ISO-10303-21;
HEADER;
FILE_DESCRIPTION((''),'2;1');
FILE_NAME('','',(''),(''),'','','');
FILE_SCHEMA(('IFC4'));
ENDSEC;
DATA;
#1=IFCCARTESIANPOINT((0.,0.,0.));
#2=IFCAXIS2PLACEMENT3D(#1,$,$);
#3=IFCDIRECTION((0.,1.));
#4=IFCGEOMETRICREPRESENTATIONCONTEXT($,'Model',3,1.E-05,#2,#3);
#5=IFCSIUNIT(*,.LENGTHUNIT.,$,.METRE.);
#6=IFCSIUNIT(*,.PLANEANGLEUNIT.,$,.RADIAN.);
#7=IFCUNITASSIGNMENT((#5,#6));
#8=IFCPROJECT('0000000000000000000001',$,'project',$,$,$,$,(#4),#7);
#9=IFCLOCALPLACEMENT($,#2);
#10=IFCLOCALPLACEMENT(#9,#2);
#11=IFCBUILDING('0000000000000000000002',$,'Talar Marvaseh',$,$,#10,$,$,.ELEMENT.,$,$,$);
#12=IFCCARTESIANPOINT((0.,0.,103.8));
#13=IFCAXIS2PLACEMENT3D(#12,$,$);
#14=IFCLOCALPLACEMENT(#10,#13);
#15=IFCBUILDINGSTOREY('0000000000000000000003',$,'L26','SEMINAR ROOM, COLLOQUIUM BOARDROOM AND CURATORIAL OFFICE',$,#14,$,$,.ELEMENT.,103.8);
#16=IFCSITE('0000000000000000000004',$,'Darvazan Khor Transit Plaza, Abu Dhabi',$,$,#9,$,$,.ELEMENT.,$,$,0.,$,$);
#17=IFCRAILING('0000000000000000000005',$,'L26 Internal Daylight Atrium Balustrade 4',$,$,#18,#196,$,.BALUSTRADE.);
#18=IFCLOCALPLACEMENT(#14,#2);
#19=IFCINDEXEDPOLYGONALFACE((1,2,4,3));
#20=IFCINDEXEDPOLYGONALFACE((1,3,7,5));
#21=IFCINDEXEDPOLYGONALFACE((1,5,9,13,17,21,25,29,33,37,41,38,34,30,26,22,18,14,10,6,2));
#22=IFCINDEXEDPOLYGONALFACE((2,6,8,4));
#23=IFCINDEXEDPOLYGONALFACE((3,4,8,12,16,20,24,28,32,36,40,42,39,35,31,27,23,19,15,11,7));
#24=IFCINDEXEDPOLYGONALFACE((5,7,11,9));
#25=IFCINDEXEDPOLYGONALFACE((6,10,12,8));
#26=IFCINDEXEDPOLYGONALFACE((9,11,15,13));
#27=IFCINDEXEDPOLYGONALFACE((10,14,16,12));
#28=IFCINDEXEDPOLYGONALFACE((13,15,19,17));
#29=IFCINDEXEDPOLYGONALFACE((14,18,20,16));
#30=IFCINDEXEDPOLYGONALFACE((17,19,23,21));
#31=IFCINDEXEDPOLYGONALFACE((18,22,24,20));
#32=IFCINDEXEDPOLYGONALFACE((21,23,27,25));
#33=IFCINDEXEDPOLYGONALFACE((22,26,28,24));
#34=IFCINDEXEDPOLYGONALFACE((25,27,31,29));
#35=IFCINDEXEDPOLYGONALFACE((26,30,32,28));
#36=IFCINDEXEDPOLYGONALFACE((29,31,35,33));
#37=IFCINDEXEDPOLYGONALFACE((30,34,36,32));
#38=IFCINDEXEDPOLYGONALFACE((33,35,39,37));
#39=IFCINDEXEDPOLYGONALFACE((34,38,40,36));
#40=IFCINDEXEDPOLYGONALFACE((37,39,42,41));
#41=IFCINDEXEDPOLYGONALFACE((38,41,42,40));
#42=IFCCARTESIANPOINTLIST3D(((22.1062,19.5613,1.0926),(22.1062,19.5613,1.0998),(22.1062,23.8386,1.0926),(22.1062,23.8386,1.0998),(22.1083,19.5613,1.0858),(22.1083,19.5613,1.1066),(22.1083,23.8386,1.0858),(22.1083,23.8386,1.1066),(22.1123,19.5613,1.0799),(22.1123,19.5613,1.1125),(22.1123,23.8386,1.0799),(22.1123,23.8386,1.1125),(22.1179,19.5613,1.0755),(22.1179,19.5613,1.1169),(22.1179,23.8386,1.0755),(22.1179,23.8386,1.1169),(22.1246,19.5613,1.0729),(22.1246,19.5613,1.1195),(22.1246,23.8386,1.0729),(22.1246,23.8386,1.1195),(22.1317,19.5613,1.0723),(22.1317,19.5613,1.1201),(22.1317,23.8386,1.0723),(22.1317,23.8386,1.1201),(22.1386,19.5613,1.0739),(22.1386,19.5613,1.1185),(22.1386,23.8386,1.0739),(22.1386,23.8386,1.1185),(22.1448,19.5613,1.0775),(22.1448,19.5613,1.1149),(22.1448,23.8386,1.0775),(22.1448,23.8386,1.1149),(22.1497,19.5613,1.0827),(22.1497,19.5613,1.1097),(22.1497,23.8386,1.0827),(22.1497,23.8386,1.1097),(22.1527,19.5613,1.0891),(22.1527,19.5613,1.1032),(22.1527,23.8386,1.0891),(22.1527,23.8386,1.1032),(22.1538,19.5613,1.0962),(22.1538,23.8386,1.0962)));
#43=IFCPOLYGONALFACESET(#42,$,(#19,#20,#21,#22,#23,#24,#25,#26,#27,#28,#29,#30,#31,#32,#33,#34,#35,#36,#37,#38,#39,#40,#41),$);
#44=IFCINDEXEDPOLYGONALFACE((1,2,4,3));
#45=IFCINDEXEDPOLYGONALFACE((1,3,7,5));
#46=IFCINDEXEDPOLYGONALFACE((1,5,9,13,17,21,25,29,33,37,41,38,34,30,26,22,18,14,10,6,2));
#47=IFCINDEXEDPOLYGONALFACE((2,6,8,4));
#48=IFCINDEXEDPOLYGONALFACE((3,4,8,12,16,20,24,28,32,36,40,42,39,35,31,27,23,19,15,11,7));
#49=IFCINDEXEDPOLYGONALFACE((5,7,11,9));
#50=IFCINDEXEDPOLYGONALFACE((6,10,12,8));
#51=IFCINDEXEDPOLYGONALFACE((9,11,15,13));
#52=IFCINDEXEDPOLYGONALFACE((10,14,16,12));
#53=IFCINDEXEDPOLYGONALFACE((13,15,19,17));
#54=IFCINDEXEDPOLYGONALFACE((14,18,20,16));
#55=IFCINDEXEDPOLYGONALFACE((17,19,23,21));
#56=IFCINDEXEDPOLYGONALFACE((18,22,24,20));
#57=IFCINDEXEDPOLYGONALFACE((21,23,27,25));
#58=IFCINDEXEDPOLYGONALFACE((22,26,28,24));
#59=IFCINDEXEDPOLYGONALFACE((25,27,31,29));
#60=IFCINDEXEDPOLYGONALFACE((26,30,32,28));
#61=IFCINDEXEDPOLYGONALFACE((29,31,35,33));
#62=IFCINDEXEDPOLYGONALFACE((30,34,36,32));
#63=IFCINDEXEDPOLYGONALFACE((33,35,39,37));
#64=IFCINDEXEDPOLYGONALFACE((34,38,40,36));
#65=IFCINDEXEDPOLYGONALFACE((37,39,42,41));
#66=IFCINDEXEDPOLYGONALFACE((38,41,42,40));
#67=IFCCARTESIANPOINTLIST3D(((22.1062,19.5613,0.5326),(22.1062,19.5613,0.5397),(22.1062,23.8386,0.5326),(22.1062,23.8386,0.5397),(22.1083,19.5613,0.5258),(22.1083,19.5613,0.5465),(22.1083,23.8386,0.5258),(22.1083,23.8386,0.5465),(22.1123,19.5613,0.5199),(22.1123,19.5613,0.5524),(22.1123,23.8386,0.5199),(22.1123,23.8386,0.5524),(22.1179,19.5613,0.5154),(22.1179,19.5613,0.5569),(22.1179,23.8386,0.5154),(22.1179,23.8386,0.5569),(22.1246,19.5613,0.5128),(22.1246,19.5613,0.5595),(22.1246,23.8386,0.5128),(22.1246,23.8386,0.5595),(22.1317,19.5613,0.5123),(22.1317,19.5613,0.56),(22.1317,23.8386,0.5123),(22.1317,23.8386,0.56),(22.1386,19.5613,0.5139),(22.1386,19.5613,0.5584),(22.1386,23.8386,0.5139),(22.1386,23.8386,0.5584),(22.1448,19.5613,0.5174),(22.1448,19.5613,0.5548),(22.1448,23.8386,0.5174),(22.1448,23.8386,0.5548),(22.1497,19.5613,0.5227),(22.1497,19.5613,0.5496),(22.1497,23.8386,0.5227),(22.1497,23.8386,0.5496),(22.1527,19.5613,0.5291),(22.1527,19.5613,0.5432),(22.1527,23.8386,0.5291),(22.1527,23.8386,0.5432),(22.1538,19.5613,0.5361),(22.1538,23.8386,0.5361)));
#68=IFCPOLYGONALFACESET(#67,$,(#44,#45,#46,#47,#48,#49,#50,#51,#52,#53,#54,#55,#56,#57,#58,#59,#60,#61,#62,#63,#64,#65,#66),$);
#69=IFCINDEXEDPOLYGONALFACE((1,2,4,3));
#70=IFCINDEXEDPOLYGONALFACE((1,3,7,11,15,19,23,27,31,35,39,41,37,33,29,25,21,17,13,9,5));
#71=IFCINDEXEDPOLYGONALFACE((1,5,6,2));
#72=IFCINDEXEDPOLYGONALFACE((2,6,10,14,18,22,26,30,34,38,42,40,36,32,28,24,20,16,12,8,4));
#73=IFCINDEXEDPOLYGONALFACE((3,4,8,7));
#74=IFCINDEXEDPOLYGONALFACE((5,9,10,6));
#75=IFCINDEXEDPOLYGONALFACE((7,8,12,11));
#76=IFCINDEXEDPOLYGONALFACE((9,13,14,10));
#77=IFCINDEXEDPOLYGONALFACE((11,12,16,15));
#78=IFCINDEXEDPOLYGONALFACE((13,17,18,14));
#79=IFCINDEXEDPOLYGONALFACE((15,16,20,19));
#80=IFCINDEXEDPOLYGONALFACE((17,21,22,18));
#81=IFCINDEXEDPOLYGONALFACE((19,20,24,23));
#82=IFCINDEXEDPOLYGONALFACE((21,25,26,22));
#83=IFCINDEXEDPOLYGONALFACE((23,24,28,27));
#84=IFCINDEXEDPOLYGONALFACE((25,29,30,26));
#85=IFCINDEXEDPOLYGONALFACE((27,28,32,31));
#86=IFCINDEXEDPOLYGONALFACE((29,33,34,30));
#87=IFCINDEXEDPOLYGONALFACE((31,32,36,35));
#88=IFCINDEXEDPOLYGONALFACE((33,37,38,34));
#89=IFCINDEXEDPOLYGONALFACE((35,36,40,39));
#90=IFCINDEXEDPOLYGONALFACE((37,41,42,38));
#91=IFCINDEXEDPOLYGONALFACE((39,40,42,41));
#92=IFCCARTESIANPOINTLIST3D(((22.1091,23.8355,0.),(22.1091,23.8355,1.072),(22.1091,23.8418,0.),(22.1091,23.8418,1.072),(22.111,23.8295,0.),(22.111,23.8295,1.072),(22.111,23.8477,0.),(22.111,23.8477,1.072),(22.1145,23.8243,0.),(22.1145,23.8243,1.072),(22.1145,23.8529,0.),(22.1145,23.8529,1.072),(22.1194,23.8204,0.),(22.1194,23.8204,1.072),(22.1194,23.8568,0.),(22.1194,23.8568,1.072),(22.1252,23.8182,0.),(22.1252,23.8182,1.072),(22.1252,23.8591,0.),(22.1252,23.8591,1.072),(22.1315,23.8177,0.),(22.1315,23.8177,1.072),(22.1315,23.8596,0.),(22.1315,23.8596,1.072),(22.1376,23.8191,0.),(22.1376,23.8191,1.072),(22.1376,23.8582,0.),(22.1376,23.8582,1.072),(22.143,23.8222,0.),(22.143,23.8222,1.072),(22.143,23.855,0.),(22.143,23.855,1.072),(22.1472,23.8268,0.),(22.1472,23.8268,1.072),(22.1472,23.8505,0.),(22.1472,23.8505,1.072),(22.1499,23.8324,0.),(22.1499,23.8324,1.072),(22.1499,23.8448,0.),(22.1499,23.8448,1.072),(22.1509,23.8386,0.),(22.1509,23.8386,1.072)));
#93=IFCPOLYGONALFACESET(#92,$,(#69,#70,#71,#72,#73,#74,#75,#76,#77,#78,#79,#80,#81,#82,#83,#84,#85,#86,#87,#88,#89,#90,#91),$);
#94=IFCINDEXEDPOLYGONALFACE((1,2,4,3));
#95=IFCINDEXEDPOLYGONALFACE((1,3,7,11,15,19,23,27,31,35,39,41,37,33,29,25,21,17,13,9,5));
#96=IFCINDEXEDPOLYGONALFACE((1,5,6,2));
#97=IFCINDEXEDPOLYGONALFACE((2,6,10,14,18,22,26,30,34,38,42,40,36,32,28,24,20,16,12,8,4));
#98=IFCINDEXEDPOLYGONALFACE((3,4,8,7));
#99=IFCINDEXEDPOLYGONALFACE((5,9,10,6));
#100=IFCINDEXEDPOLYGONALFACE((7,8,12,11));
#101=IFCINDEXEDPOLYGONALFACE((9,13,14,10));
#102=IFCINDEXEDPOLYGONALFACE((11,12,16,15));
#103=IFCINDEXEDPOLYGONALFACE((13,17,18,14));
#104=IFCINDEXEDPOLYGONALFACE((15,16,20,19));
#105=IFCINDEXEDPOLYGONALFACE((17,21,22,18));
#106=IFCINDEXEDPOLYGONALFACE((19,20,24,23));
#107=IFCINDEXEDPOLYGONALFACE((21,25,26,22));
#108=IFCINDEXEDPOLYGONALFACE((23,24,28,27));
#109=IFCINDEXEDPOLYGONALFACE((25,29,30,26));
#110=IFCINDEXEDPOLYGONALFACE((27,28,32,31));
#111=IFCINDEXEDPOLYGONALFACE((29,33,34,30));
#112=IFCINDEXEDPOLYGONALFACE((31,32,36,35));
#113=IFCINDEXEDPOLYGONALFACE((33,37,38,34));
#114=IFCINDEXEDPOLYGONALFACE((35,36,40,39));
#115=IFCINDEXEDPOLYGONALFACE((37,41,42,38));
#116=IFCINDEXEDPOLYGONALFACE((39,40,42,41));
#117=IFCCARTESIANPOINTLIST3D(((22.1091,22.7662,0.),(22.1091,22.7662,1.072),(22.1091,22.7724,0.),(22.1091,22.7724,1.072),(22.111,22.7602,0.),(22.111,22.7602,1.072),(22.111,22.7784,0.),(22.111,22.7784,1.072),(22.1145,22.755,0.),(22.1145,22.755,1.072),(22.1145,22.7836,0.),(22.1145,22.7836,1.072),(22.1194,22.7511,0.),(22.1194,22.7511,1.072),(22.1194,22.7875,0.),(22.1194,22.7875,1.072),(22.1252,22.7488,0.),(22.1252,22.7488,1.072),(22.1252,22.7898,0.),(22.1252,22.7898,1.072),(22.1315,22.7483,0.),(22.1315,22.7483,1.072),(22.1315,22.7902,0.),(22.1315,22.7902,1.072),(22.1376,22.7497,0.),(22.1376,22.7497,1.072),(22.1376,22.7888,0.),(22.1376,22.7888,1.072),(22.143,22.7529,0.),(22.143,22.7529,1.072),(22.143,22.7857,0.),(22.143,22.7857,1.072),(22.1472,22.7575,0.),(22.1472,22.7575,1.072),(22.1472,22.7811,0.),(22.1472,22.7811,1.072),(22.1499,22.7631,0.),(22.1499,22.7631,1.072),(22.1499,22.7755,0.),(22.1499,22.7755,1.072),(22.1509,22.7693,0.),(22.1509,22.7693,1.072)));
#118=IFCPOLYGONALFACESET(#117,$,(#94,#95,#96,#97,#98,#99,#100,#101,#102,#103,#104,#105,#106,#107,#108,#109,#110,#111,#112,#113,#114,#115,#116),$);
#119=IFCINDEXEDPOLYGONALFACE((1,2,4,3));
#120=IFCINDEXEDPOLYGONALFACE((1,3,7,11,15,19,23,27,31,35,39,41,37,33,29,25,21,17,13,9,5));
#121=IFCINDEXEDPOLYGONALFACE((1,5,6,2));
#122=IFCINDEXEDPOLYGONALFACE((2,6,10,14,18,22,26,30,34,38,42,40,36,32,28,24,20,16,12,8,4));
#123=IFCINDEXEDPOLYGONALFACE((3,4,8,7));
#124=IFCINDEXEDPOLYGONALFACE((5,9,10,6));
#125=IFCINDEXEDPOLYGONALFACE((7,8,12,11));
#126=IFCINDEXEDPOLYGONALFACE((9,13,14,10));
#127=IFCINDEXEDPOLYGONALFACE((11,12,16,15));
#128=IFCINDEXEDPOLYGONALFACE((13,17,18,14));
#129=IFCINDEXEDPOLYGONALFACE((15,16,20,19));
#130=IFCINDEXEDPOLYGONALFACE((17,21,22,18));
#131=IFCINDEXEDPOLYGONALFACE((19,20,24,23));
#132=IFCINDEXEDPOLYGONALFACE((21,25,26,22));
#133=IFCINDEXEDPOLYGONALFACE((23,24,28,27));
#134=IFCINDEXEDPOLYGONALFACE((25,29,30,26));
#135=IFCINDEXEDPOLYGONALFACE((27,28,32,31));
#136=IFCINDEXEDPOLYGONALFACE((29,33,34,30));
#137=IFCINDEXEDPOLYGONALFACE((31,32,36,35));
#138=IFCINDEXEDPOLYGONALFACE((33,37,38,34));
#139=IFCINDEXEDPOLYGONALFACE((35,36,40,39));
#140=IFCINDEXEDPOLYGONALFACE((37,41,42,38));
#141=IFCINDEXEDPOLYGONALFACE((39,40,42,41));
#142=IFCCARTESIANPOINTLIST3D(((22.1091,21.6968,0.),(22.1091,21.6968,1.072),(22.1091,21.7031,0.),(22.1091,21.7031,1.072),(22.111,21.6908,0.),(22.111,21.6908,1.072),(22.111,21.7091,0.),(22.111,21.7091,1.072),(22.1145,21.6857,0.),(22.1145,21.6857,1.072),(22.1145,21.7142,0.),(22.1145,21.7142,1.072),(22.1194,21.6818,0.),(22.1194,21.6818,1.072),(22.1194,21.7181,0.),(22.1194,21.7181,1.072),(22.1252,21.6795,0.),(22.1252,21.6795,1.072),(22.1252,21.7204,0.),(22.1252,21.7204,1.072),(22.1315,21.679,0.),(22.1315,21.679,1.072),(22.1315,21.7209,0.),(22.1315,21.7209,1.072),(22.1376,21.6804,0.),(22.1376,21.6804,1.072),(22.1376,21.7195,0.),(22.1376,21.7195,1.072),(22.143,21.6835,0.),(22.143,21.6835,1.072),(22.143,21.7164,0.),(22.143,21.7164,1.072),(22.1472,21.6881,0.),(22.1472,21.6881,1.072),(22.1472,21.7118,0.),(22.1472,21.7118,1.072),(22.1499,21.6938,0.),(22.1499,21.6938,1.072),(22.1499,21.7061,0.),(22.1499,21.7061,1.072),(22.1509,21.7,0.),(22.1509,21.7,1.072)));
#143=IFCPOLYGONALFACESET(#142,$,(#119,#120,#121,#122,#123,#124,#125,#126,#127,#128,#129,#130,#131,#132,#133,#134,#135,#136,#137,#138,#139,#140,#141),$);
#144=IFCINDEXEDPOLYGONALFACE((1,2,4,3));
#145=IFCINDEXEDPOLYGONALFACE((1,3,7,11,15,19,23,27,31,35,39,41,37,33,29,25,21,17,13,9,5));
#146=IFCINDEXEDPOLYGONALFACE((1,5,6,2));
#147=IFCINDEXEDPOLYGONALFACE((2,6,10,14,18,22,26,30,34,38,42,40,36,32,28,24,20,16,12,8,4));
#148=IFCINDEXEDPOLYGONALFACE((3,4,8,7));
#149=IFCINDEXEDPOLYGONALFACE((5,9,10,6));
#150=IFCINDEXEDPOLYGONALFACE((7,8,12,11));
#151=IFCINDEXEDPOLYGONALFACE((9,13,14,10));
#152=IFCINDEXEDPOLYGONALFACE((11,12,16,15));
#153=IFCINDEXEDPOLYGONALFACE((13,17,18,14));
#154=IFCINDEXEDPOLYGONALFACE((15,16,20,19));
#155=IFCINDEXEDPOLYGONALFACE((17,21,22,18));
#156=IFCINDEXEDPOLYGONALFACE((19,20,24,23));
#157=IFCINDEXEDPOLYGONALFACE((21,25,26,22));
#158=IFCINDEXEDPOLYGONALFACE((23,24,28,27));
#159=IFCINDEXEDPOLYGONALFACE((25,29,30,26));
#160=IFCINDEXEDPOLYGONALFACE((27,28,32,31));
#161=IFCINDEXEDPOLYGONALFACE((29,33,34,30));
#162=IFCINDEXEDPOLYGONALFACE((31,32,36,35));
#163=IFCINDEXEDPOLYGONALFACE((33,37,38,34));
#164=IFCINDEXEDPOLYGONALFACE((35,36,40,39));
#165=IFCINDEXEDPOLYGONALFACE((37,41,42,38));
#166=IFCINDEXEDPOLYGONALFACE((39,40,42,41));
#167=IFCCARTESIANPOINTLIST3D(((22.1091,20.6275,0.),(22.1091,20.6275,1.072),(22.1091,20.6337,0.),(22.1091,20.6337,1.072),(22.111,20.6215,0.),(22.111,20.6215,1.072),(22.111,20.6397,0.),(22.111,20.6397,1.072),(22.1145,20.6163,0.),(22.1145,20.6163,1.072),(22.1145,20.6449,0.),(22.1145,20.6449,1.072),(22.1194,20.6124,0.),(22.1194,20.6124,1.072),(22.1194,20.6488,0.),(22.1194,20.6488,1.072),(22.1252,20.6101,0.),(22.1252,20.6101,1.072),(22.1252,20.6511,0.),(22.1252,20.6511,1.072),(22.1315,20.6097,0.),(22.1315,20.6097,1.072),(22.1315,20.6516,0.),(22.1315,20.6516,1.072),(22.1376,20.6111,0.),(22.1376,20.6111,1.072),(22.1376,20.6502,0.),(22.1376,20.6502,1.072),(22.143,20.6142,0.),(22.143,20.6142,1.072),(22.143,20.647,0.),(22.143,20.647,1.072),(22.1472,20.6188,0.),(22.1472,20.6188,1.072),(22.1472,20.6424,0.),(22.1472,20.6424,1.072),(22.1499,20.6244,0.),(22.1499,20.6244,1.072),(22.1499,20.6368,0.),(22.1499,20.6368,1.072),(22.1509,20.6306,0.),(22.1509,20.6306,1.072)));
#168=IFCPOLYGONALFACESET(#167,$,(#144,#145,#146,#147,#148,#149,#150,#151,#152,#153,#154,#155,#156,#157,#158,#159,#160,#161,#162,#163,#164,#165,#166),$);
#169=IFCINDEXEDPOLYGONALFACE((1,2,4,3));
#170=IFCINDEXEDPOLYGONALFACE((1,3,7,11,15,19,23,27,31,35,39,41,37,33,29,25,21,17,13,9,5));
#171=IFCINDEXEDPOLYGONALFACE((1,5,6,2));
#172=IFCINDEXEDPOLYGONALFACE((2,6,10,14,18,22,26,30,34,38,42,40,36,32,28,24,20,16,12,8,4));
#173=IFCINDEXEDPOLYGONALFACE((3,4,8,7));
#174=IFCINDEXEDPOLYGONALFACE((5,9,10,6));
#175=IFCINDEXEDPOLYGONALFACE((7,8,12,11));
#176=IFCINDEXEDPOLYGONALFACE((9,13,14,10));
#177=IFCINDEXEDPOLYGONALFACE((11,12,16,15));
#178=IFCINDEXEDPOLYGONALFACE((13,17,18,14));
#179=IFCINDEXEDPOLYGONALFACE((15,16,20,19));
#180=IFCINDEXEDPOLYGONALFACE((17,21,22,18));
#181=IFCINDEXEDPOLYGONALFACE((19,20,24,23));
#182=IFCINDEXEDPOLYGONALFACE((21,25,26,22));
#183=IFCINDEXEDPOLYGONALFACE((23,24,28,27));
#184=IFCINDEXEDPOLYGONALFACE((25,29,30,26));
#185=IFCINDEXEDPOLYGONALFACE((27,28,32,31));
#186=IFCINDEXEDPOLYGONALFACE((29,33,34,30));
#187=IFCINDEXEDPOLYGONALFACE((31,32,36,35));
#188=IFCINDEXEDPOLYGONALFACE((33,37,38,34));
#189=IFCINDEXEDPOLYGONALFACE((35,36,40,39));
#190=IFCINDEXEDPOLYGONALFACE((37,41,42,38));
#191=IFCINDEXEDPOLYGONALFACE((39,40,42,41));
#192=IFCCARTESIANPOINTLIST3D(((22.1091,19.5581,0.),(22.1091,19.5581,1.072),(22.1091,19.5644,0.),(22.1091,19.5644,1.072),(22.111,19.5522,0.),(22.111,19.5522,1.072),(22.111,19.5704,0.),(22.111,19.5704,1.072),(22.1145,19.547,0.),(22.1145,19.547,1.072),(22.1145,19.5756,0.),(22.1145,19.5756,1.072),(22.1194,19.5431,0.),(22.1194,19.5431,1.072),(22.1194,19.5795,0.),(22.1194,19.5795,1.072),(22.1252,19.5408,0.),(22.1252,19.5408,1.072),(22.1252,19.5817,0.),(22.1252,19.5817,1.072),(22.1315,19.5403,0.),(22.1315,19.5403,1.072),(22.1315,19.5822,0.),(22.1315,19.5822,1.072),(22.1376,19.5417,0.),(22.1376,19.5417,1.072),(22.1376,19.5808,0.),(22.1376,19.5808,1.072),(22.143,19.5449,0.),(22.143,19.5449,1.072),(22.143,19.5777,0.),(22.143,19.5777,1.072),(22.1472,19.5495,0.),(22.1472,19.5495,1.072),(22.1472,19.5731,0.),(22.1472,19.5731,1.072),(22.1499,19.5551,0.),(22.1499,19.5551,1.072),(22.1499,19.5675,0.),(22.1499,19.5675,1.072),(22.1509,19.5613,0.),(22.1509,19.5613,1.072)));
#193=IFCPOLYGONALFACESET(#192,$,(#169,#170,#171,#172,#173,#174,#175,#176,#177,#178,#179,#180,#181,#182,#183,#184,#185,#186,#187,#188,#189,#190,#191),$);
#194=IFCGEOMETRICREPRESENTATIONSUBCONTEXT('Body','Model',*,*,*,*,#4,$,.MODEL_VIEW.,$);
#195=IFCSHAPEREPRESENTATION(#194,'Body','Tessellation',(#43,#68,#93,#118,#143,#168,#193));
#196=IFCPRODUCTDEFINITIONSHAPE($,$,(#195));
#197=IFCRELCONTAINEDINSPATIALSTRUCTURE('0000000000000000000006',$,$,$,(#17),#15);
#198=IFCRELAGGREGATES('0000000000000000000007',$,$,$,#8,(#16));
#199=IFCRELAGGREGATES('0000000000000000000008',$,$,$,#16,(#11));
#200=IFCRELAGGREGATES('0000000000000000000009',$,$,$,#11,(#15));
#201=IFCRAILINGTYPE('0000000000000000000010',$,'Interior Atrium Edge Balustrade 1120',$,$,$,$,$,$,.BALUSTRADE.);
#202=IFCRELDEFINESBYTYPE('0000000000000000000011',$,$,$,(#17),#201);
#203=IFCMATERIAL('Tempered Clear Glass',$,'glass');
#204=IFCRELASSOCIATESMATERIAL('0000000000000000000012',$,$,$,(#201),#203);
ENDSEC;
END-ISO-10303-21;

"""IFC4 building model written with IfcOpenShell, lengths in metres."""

from ifc_helpers import new_model, si_unit, direction, frame, origin, origin_2d, place, context, subcontext, project, spatial, circle, extrude, material, type_object, element, save


model = new_model("IFC4")

# Units and contexts
model_context = context("Model", 3, precision=1e-05, world=origin(), true_north=direction((0.0, 1.0)))
body_context = subcontext(model_context, "Body", "Model", "MODEL_VIEW")
ifc_project = project(units=[si_unit("LENGTHUNIT", "METRE"), si_unit("PLANEANGLEUNIT", "RADIAN")], contexts=[model_context])

# Site, building, storey
site_placement = place(None, origin())
site = spatial("IfcSite", under=ifc_project, at=site_placement, Name="Darvazan Khor Transit Plaza, Abu Dhabi", CompositionType="ELEMENT", RefElevation=0.0)
building_placement = place(site_placement, origin())
building = spatial("IfcBuilding", under=site, at=building_placement, Name="Talar Marvaseh", CompositionType="ELEMENT")
storey_placement = place(building_placement, frame((0.0, 0.0, 103.8)))
storey = spatial("IfcBuildingStorey", under=building, at=storey_placement, Name="L26", Description="SEMINAR ROOM, COLLOQUIUM BOARDROOM AND CURATORIAL OFFICE", CompositionType="ELEMENT", Elevation=103.8)

# Railing
ifc_material_1 = material(Name="Tempered Clear Glass", Category="glass")
railing_type_1 = type_object("IfcRailingType", Name="Interior Atrium Edge Balustrade 1120", PredefinedType="BALUSTRADE", material=ifc_material_1)
railing_1_placement = place(storey_placement, frame((22.1299, 23.8386, 0.0)))
element("IfcRailing", 1, at=railing_1_placement, inside=storey, type_object=railing_type_1, Name="L26 Internal Daylight Atrium Balustrade 4", PredefinedType="BALUSTRADE", context=body_context, shape_type="SweptSolid", body=[
    extrude(circle(Radius=0.0239, at=origin_2d()), frame((0.0, 0.0, 1.0962), z_axis=(0.0, -1.0, 0.0), x_axis=(1.0, 0.0, 0.0)), (0.0, 0.0, 1.0), 4.2773),
    extrude(circle(Radius=0.0239, at=origin_2d()), frame((0.0, 0.0, 0.5361), z_axis=(0.0, -1.0, 0.0), x_axis=(1.0, 0.0, 0.0)), (0.0, 0.0, 1.0), 4.2773),
    extrude(circle(Radius=0.021, at=origin_2d()), origin(), (0.0, 0.0, 1.0), 1.072),
    extrude(circle(Radius=0.021, at=origin_2d()), frame((0.0, -1.0693, 0.0)), (0.0, 0.0, 1.0), 1.072),
    extrude(circle(Radius=0.021, at=origin_2d()), frame((0.0, -2.1387, 0.0)), (0.0, 0.0, 1.0), 1.072),
    extrude(circle(Radius=0.021, at=origin_2d()), frame((0.0, -3.208, 0.0)), (0.0, 0.0, 1.0), 1.072),
    extrude(circle(Radius=0.021, at=origin_2d()), frame((0.0, -4.2773, 0.0)), (0.0, 0.0, 1.0), 1.072),
])

save(model, "model.ifc")
